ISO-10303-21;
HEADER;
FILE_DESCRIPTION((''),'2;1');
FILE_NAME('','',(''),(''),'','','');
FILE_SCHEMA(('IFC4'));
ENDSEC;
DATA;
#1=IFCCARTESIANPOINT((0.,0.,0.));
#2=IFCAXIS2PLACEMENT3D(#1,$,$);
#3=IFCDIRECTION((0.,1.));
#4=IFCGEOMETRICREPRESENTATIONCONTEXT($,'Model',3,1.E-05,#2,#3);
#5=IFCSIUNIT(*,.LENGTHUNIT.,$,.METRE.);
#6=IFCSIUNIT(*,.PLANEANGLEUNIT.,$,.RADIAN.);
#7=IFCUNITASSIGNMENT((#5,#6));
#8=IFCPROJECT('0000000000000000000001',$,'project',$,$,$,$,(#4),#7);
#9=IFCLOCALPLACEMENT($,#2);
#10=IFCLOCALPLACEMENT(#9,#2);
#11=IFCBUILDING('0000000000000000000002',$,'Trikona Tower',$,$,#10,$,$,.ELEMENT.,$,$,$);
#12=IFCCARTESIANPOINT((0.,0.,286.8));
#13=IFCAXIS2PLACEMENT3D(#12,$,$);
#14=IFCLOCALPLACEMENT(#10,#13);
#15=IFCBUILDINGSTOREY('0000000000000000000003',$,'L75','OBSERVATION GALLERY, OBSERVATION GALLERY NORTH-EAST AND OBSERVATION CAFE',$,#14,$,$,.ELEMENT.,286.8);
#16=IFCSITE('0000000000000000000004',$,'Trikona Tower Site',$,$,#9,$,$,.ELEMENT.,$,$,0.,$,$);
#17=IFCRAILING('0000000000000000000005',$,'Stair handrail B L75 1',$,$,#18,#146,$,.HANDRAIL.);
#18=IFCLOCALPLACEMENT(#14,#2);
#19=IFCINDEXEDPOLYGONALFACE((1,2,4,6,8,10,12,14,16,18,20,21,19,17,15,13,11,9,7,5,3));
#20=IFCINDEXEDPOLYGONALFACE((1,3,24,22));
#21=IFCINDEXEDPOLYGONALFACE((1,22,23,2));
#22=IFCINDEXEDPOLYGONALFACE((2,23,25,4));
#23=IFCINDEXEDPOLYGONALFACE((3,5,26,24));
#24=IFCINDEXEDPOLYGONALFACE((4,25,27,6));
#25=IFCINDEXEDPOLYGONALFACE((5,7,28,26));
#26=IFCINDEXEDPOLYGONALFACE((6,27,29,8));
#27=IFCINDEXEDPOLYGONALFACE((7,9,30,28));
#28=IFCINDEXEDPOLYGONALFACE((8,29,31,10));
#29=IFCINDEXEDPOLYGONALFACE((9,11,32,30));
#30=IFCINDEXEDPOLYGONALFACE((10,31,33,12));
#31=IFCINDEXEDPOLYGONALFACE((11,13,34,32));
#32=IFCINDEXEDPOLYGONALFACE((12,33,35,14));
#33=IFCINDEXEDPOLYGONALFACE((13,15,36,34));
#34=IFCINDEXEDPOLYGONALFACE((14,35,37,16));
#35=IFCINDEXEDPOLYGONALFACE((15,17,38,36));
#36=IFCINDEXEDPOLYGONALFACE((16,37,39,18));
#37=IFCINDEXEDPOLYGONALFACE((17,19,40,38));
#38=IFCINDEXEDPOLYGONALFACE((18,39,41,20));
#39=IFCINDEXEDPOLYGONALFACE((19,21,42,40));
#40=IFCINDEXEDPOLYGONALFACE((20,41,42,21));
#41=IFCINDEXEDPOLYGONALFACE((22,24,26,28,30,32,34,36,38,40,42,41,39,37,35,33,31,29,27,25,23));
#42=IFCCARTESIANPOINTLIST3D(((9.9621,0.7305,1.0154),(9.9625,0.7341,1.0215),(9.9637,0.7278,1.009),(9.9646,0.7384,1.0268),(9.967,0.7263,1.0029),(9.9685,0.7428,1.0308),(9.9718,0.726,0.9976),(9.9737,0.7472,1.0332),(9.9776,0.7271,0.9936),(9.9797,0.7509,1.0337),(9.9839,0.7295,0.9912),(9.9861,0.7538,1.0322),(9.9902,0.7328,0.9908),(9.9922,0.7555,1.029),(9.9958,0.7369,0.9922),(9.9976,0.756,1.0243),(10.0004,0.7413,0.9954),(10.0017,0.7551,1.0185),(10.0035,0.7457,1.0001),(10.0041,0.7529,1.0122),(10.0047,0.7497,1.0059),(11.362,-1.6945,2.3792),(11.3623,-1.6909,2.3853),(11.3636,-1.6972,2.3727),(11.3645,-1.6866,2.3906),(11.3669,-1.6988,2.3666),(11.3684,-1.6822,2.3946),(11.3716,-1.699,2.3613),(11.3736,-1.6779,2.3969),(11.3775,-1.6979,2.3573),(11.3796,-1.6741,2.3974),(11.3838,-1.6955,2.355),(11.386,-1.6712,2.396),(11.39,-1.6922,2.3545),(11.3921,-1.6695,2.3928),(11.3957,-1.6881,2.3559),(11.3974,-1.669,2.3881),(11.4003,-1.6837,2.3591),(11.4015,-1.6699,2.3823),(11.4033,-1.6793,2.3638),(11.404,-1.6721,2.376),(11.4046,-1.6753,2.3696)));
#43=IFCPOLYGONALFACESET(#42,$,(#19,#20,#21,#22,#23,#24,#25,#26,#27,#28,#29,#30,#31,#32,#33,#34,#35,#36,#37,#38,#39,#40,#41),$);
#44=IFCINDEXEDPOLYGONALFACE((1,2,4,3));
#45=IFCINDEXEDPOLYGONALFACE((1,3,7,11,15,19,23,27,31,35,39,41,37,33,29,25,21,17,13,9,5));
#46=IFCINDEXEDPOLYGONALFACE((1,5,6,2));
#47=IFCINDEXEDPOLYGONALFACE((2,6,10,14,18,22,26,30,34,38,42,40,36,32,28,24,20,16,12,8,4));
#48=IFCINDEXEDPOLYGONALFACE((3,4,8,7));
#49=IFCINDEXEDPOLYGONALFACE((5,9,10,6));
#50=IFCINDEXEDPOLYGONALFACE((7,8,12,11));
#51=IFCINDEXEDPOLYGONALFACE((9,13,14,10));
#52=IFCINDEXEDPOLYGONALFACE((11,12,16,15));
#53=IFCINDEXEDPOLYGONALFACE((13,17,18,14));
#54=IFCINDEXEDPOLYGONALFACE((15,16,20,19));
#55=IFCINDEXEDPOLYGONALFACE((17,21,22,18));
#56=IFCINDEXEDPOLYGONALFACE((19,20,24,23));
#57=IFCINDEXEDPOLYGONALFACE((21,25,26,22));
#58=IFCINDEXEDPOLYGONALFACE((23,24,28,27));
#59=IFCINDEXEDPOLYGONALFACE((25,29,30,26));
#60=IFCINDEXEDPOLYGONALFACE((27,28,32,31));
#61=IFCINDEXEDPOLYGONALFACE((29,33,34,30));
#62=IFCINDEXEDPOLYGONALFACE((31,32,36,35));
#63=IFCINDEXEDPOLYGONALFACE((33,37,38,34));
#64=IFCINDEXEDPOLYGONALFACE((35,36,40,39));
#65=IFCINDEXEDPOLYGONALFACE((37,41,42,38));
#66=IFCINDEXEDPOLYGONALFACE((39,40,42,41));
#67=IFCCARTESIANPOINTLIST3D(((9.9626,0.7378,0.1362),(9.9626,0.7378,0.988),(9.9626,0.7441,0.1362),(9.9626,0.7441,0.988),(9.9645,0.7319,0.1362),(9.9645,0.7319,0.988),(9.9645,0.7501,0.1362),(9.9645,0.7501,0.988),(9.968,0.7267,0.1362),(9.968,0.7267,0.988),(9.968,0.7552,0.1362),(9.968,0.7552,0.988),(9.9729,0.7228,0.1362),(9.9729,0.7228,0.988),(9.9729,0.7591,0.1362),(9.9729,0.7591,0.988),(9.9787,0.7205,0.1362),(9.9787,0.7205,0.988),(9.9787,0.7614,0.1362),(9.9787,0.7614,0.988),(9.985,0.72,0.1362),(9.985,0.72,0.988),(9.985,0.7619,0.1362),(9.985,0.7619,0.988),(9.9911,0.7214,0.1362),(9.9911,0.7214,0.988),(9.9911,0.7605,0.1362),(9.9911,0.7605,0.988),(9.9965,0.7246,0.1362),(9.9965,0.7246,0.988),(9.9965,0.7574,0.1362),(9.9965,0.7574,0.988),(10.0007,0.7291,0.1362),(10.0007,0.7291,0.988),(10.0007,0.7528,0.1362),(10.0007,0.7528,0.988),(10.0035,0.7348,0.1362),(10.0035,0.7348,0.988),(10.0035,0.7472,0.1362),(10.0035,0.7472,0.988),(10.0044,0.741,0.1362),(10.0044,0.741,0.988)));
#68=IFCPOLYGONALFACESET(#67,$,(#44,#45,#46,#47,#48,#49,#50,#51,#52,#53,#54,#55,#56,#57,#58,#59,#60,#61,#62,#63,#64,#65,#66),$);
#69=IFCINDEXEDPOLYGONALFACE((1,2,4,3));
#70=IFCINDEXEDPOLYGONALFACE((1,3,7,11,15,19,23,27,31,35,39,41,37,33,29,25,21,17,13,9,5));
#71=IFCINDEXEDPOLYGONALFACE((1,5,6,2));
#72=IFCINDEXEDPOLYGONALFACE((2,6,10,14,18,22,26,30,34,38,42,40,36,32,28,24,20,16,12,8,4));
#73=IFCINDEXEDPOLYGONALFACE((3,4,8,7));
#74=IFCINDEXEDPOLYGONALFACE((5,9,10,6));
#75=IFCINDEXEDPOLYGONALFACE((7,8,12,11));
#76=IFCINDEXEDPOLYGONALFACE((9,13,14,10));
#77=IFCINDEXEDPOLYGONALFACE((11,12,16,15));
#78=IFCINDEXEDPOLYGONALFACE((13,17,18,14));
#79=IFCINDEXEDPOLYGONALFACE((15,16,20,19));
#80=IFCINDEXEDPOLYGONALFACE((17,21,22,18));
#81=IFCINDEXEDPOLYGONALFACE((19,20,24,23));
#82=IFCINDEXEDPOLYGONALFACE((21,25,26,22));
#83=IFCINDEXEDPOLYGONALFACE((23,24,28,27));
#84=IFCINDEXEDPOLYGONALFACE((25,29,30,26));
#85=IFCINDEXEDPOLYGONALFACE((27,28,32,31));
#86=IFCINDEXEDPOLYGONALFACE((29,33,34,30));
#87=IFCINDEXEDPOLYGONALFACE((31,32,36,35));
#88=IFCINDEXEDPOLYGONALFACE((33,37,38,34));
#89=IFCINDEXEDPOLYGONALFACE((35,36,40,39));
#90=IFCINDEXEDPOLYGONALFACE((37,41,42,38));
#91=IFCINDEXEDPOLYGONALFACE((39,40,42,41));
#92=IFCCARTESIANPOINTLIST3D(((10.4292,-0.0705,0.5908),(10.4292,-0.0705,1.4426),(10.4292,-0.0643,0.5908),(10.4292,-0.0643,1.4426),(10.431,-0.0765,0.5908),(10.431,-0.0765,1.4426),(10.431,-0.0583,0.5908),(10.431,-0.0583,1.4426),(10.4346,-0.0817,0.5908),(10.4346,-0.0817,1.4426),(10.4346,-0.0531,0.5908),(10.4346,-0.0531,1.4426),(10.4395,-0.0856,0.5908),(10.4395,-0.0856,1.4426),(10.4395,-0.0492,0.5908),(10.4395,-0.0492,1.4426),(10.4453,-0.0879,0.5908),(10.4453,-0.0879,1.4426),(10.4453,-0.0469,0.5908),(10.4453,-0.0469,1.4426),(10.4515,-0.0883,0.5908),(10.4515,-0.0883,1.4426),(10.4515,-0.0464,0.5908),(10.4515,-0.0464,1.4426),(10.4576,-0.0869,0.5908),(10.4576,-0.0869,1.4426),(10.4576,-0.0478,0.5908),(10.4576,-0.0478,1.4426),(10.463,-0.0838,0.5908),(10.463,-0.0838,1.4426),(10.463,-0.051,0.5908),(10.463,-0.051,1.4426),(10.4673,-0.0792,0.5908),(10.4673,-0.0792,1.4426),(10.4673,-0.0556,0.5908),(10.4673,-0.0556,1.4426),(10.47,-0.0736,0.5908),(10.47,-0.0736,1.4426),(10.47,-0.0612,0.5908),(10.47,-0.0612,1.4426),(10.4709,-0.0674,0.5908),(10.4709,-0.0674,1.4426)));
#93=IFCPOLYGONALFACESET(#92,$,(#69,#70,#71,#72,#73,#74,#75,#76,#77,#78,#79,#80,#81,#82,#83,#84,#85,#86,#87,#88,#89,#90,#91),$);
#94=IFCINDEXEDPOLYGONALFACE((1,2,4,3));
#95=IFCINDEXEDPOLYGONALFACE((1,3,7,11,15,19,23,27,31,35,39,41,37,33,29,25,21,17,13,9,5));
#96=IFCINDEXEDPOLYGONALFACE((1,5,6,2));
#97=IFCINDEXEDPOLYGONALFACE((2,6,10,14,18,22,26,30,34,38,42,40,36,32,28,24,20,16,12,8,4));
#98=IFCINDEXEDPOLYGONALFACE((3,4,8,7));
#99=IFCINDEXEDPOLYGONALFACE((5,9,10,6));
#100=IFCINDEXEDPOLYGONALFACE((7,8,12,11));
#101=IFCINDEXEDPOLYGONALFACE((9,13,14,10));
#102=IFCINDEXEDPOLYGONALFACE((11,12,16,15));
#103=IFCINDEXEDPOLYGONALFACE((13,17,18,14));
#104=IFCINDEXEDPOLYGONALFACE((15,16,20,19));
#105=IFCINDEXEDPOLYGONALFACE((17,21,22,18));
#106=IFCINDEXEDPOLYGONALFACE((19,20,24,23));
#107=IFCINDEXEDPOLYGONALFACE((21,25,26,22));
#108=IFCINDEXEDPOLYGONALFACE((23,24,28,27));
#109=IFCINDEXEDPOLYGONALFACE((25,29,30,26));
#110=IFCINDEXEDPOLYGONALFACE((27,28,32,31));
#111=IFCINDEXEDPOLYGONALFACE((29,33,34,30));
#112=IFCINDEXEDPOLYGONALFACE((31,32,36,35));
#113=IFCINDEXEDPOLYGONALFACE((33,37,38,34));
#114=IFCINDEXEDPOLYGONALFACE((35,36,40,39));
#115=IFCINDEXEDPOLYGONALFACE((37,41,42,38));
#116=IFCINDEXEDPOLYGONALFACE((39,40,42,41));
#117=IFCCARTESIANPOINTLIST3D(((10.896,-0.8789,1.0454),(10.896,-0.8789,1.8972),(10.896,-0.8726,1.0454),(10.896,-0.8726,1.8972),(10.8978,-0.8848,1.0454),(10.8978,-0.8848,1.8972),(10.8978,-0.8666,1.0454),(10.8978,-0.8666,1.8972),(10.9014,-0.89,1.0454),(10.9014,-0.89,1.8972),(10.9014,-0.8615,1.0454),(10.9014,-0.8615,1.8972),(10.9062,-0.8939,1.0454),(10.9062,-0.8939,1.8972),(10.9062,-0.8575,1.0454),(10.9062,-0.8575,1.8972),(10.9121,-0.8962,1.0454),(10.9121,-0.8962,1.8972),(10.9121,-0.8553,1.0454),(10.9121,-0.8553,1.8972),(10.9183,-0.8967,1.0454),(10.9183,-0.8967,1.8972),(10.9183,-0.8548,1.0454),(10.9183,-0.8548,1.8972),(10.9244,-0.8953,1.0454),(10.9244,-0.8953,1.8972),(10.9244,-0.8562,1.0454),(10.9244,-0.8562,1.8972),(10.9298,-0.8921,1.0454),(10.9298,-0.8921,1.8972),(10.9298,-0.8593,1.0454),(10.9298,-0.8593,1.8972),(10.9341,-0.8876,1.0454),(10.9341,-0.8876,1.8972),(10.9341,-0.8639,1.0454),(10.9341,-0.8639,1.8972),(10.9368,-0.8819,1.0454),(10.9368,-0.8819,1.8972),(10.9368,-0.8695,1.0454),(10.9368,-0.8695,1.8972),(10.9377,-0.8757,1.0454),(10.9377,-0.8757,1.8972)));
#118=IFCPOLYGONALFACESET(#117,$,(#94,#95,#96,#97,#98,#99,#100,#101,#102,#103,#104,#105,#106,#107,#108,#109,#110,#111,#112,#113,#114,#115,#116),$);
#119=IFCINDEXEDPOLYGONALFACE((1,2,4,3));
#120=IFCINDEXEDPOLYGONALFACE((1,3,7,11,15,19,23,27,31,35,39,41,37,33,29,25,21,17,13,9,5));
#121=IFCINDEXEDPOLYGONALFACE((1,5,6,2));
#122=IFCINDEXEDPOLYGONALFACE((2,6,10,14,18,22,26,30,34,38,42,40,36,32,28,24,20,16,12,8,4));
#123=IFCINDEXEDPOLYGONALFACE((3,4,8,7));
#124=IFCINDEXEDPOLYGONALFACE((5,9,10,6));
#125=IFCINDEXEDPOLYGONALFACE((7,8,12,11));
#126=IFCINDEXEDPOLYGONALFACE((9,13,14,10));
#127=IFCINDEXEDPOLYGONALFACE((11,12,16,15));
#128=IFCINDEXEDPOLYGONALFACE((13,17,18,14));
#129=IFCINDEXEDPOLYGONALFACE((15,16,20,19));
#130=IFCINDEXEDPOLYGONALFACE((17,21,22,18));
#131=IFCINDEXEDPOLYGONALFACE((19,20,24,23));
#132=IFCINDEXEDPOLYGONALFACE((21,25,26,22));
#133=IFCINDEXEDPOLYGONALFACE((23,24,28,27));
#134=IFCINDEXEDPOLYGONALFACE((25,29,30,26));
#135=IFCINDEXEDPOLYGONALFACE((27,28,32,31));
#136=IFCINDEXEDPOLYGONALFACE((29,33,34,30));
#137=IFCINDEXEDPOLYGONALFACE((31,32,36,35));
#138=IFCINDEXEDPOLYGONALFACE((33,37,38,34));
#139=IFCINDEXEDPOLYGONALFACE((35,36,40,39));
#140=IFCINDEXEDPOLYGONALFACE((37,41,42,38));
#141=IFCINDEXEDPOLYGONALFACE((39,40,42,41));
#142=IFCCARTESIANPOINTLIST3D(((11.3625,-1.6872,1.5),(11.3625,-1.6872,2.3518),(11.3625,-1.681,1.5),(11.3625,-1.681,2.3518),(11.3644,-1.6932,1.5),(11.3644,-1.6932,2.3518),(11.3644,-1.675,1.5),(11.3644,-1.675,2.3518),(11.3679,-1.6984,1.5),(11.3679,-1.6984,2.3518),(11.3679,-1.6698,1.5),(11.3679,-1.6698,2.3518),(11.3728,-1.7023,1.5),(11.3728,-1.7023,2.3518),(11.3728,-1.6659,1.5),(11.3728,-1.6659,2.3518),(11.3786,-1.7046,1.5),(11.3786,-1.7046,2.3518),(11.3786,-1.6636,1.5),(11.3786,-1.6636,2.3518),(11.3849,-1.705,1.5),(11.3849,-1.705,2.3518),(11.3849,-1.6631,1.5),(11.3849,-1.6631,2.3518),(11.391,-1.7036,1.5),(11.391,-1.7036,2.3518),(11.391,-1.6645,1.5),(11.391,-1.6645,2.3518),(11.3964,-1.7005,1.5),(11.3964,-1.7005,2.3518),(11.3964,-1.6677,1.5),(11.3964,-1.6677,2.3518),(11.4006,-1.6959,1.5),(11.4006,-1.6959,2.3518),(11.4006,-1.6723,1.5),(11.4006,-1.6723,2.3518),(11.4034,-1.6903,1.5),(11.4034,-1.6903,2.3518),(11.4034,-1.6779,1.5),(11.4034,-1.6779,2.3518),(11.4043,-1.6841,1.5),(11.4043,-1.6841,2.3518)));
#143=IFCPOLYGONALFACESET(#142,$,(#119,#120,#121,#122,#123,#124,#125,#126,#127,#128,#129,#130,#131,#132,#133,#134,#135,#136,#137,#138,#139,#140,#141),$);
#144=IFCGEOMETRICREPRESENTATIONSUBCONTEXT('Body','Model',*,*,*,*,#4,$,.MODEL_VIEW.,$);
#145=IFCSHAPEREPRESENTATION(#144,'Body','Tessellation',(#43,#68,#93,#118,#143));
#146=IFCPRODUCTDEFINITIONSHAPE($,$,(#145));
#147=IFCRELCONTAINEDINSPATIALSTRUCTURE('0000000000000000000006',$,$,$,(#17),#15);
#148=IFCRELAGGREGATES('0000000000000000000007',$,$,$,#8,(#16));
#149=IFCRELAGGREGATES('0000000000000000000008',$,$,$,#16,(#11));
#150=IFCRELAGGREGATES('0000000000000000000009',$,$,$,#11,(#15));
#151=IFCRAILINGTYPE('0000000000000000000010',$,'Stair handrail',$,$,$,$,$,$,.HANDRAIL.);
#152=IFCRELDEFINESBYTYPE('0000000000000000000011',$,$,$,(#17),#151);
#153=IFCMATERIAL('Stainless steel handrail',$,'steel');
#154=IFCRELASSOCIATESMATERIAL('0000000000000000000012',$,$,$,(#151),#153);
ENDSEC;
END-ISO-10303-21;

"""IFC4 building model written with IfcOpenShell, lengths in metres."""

from ifc_helpers import new_model, si_unit, direction, frame, origin, origin_2d, place, context, subcontext, project, spatial, circle, extrude, material, type_object, element, save


model = new_model("IFC4")

# Units and contexts
model_context = context("Model", 3, precision=1e-05, world=origin(), true_north=direction((0.0, 1.0)))
body_context = subcontext(model_context, "Body", "Model", "MODEL_VIEW")
ifc_project = project(units=[si_unit("LENGTHUNIT", "METRE"), si_unit("PLANEANGLEUNIT", "RADIAN")], contexts=[model_context])

# Site, building, storey
site_placement = place(None, origin())
site = spatial("IfcSite", under=ifc_project, at=site_placement, Name="Trikona Tower Site", CompositionType="ELEMENT", RefElevation=0.0)
building_placement = place(site_placement, origin())
building = spatial("IfcBuilding", under=site, at=building_placement, Name="Trikona Tower", CompositionType="ELEMENT")
storey_placement = place(building_placement, frame((0.0, 0.0, 286.8)))
storey = spatial("IfcBuildingStorey", under=building, at=storey_placement, Name="L75", Description="OBSERVATION GALLERY, OBSERVATION GALLERY NORTH-EAST AND OBSERVATION CAFE", CompositionType="ELEMENT", Elevation=286.8)

# Railing
ifc_material_1 = material(Name="Stainless steel handrail", Category="steel")
railing_type = type_object("IfcRailingType", Name="Stair handrail", PredefinedType="HANDRAIL", material=ifc_material_1)
for number, where, name in (
    (1, (9.9834, 0.741, 0.1362), "Stair handrail B L75 1"),
):
    element("IfcRailing", number, at=place(storey_placement, frame(where)), inside=storey, type_object=railing_type, Name=name, PredefinedType="HANDRAIL", context=body_context, shape_type="SweptSolid", body=[
        extrude(circle(Radius=0.0239, at=origin_2d()), frame((0.0, 0.0, 0.876), z_axis=(0.449471, -0.778618, 0.43787), x_axis=(0.866056, 0.499946, 0.0)), (0.0, 0.0, 1.0), 3.1145),
        extrude(circle(Radius=0.021, at=origin_2d()), origin(), (0.0, 0.0, 1.0), 0.8518),
        extrude(circle(Radius=0.021, at=origin_2d()), frame((0.4666, -0.8083, 0.4546)), (0.0, 0.0, 1.0), 0.8518),
        extrude(circle(Radius=0.021, at=origin_2d()), frame((0.9333, -1.6167, 0.9092)), (0.0, 0.0, 1.0), 0.8518),
        extrude(circle(Radius=0.021, at=origin_2d()), frame((1.3999, -2.425, 1.3638)), (0.0, 0.0, 1.0), 0.8518),
    ])

save(model, "model.ifc")
